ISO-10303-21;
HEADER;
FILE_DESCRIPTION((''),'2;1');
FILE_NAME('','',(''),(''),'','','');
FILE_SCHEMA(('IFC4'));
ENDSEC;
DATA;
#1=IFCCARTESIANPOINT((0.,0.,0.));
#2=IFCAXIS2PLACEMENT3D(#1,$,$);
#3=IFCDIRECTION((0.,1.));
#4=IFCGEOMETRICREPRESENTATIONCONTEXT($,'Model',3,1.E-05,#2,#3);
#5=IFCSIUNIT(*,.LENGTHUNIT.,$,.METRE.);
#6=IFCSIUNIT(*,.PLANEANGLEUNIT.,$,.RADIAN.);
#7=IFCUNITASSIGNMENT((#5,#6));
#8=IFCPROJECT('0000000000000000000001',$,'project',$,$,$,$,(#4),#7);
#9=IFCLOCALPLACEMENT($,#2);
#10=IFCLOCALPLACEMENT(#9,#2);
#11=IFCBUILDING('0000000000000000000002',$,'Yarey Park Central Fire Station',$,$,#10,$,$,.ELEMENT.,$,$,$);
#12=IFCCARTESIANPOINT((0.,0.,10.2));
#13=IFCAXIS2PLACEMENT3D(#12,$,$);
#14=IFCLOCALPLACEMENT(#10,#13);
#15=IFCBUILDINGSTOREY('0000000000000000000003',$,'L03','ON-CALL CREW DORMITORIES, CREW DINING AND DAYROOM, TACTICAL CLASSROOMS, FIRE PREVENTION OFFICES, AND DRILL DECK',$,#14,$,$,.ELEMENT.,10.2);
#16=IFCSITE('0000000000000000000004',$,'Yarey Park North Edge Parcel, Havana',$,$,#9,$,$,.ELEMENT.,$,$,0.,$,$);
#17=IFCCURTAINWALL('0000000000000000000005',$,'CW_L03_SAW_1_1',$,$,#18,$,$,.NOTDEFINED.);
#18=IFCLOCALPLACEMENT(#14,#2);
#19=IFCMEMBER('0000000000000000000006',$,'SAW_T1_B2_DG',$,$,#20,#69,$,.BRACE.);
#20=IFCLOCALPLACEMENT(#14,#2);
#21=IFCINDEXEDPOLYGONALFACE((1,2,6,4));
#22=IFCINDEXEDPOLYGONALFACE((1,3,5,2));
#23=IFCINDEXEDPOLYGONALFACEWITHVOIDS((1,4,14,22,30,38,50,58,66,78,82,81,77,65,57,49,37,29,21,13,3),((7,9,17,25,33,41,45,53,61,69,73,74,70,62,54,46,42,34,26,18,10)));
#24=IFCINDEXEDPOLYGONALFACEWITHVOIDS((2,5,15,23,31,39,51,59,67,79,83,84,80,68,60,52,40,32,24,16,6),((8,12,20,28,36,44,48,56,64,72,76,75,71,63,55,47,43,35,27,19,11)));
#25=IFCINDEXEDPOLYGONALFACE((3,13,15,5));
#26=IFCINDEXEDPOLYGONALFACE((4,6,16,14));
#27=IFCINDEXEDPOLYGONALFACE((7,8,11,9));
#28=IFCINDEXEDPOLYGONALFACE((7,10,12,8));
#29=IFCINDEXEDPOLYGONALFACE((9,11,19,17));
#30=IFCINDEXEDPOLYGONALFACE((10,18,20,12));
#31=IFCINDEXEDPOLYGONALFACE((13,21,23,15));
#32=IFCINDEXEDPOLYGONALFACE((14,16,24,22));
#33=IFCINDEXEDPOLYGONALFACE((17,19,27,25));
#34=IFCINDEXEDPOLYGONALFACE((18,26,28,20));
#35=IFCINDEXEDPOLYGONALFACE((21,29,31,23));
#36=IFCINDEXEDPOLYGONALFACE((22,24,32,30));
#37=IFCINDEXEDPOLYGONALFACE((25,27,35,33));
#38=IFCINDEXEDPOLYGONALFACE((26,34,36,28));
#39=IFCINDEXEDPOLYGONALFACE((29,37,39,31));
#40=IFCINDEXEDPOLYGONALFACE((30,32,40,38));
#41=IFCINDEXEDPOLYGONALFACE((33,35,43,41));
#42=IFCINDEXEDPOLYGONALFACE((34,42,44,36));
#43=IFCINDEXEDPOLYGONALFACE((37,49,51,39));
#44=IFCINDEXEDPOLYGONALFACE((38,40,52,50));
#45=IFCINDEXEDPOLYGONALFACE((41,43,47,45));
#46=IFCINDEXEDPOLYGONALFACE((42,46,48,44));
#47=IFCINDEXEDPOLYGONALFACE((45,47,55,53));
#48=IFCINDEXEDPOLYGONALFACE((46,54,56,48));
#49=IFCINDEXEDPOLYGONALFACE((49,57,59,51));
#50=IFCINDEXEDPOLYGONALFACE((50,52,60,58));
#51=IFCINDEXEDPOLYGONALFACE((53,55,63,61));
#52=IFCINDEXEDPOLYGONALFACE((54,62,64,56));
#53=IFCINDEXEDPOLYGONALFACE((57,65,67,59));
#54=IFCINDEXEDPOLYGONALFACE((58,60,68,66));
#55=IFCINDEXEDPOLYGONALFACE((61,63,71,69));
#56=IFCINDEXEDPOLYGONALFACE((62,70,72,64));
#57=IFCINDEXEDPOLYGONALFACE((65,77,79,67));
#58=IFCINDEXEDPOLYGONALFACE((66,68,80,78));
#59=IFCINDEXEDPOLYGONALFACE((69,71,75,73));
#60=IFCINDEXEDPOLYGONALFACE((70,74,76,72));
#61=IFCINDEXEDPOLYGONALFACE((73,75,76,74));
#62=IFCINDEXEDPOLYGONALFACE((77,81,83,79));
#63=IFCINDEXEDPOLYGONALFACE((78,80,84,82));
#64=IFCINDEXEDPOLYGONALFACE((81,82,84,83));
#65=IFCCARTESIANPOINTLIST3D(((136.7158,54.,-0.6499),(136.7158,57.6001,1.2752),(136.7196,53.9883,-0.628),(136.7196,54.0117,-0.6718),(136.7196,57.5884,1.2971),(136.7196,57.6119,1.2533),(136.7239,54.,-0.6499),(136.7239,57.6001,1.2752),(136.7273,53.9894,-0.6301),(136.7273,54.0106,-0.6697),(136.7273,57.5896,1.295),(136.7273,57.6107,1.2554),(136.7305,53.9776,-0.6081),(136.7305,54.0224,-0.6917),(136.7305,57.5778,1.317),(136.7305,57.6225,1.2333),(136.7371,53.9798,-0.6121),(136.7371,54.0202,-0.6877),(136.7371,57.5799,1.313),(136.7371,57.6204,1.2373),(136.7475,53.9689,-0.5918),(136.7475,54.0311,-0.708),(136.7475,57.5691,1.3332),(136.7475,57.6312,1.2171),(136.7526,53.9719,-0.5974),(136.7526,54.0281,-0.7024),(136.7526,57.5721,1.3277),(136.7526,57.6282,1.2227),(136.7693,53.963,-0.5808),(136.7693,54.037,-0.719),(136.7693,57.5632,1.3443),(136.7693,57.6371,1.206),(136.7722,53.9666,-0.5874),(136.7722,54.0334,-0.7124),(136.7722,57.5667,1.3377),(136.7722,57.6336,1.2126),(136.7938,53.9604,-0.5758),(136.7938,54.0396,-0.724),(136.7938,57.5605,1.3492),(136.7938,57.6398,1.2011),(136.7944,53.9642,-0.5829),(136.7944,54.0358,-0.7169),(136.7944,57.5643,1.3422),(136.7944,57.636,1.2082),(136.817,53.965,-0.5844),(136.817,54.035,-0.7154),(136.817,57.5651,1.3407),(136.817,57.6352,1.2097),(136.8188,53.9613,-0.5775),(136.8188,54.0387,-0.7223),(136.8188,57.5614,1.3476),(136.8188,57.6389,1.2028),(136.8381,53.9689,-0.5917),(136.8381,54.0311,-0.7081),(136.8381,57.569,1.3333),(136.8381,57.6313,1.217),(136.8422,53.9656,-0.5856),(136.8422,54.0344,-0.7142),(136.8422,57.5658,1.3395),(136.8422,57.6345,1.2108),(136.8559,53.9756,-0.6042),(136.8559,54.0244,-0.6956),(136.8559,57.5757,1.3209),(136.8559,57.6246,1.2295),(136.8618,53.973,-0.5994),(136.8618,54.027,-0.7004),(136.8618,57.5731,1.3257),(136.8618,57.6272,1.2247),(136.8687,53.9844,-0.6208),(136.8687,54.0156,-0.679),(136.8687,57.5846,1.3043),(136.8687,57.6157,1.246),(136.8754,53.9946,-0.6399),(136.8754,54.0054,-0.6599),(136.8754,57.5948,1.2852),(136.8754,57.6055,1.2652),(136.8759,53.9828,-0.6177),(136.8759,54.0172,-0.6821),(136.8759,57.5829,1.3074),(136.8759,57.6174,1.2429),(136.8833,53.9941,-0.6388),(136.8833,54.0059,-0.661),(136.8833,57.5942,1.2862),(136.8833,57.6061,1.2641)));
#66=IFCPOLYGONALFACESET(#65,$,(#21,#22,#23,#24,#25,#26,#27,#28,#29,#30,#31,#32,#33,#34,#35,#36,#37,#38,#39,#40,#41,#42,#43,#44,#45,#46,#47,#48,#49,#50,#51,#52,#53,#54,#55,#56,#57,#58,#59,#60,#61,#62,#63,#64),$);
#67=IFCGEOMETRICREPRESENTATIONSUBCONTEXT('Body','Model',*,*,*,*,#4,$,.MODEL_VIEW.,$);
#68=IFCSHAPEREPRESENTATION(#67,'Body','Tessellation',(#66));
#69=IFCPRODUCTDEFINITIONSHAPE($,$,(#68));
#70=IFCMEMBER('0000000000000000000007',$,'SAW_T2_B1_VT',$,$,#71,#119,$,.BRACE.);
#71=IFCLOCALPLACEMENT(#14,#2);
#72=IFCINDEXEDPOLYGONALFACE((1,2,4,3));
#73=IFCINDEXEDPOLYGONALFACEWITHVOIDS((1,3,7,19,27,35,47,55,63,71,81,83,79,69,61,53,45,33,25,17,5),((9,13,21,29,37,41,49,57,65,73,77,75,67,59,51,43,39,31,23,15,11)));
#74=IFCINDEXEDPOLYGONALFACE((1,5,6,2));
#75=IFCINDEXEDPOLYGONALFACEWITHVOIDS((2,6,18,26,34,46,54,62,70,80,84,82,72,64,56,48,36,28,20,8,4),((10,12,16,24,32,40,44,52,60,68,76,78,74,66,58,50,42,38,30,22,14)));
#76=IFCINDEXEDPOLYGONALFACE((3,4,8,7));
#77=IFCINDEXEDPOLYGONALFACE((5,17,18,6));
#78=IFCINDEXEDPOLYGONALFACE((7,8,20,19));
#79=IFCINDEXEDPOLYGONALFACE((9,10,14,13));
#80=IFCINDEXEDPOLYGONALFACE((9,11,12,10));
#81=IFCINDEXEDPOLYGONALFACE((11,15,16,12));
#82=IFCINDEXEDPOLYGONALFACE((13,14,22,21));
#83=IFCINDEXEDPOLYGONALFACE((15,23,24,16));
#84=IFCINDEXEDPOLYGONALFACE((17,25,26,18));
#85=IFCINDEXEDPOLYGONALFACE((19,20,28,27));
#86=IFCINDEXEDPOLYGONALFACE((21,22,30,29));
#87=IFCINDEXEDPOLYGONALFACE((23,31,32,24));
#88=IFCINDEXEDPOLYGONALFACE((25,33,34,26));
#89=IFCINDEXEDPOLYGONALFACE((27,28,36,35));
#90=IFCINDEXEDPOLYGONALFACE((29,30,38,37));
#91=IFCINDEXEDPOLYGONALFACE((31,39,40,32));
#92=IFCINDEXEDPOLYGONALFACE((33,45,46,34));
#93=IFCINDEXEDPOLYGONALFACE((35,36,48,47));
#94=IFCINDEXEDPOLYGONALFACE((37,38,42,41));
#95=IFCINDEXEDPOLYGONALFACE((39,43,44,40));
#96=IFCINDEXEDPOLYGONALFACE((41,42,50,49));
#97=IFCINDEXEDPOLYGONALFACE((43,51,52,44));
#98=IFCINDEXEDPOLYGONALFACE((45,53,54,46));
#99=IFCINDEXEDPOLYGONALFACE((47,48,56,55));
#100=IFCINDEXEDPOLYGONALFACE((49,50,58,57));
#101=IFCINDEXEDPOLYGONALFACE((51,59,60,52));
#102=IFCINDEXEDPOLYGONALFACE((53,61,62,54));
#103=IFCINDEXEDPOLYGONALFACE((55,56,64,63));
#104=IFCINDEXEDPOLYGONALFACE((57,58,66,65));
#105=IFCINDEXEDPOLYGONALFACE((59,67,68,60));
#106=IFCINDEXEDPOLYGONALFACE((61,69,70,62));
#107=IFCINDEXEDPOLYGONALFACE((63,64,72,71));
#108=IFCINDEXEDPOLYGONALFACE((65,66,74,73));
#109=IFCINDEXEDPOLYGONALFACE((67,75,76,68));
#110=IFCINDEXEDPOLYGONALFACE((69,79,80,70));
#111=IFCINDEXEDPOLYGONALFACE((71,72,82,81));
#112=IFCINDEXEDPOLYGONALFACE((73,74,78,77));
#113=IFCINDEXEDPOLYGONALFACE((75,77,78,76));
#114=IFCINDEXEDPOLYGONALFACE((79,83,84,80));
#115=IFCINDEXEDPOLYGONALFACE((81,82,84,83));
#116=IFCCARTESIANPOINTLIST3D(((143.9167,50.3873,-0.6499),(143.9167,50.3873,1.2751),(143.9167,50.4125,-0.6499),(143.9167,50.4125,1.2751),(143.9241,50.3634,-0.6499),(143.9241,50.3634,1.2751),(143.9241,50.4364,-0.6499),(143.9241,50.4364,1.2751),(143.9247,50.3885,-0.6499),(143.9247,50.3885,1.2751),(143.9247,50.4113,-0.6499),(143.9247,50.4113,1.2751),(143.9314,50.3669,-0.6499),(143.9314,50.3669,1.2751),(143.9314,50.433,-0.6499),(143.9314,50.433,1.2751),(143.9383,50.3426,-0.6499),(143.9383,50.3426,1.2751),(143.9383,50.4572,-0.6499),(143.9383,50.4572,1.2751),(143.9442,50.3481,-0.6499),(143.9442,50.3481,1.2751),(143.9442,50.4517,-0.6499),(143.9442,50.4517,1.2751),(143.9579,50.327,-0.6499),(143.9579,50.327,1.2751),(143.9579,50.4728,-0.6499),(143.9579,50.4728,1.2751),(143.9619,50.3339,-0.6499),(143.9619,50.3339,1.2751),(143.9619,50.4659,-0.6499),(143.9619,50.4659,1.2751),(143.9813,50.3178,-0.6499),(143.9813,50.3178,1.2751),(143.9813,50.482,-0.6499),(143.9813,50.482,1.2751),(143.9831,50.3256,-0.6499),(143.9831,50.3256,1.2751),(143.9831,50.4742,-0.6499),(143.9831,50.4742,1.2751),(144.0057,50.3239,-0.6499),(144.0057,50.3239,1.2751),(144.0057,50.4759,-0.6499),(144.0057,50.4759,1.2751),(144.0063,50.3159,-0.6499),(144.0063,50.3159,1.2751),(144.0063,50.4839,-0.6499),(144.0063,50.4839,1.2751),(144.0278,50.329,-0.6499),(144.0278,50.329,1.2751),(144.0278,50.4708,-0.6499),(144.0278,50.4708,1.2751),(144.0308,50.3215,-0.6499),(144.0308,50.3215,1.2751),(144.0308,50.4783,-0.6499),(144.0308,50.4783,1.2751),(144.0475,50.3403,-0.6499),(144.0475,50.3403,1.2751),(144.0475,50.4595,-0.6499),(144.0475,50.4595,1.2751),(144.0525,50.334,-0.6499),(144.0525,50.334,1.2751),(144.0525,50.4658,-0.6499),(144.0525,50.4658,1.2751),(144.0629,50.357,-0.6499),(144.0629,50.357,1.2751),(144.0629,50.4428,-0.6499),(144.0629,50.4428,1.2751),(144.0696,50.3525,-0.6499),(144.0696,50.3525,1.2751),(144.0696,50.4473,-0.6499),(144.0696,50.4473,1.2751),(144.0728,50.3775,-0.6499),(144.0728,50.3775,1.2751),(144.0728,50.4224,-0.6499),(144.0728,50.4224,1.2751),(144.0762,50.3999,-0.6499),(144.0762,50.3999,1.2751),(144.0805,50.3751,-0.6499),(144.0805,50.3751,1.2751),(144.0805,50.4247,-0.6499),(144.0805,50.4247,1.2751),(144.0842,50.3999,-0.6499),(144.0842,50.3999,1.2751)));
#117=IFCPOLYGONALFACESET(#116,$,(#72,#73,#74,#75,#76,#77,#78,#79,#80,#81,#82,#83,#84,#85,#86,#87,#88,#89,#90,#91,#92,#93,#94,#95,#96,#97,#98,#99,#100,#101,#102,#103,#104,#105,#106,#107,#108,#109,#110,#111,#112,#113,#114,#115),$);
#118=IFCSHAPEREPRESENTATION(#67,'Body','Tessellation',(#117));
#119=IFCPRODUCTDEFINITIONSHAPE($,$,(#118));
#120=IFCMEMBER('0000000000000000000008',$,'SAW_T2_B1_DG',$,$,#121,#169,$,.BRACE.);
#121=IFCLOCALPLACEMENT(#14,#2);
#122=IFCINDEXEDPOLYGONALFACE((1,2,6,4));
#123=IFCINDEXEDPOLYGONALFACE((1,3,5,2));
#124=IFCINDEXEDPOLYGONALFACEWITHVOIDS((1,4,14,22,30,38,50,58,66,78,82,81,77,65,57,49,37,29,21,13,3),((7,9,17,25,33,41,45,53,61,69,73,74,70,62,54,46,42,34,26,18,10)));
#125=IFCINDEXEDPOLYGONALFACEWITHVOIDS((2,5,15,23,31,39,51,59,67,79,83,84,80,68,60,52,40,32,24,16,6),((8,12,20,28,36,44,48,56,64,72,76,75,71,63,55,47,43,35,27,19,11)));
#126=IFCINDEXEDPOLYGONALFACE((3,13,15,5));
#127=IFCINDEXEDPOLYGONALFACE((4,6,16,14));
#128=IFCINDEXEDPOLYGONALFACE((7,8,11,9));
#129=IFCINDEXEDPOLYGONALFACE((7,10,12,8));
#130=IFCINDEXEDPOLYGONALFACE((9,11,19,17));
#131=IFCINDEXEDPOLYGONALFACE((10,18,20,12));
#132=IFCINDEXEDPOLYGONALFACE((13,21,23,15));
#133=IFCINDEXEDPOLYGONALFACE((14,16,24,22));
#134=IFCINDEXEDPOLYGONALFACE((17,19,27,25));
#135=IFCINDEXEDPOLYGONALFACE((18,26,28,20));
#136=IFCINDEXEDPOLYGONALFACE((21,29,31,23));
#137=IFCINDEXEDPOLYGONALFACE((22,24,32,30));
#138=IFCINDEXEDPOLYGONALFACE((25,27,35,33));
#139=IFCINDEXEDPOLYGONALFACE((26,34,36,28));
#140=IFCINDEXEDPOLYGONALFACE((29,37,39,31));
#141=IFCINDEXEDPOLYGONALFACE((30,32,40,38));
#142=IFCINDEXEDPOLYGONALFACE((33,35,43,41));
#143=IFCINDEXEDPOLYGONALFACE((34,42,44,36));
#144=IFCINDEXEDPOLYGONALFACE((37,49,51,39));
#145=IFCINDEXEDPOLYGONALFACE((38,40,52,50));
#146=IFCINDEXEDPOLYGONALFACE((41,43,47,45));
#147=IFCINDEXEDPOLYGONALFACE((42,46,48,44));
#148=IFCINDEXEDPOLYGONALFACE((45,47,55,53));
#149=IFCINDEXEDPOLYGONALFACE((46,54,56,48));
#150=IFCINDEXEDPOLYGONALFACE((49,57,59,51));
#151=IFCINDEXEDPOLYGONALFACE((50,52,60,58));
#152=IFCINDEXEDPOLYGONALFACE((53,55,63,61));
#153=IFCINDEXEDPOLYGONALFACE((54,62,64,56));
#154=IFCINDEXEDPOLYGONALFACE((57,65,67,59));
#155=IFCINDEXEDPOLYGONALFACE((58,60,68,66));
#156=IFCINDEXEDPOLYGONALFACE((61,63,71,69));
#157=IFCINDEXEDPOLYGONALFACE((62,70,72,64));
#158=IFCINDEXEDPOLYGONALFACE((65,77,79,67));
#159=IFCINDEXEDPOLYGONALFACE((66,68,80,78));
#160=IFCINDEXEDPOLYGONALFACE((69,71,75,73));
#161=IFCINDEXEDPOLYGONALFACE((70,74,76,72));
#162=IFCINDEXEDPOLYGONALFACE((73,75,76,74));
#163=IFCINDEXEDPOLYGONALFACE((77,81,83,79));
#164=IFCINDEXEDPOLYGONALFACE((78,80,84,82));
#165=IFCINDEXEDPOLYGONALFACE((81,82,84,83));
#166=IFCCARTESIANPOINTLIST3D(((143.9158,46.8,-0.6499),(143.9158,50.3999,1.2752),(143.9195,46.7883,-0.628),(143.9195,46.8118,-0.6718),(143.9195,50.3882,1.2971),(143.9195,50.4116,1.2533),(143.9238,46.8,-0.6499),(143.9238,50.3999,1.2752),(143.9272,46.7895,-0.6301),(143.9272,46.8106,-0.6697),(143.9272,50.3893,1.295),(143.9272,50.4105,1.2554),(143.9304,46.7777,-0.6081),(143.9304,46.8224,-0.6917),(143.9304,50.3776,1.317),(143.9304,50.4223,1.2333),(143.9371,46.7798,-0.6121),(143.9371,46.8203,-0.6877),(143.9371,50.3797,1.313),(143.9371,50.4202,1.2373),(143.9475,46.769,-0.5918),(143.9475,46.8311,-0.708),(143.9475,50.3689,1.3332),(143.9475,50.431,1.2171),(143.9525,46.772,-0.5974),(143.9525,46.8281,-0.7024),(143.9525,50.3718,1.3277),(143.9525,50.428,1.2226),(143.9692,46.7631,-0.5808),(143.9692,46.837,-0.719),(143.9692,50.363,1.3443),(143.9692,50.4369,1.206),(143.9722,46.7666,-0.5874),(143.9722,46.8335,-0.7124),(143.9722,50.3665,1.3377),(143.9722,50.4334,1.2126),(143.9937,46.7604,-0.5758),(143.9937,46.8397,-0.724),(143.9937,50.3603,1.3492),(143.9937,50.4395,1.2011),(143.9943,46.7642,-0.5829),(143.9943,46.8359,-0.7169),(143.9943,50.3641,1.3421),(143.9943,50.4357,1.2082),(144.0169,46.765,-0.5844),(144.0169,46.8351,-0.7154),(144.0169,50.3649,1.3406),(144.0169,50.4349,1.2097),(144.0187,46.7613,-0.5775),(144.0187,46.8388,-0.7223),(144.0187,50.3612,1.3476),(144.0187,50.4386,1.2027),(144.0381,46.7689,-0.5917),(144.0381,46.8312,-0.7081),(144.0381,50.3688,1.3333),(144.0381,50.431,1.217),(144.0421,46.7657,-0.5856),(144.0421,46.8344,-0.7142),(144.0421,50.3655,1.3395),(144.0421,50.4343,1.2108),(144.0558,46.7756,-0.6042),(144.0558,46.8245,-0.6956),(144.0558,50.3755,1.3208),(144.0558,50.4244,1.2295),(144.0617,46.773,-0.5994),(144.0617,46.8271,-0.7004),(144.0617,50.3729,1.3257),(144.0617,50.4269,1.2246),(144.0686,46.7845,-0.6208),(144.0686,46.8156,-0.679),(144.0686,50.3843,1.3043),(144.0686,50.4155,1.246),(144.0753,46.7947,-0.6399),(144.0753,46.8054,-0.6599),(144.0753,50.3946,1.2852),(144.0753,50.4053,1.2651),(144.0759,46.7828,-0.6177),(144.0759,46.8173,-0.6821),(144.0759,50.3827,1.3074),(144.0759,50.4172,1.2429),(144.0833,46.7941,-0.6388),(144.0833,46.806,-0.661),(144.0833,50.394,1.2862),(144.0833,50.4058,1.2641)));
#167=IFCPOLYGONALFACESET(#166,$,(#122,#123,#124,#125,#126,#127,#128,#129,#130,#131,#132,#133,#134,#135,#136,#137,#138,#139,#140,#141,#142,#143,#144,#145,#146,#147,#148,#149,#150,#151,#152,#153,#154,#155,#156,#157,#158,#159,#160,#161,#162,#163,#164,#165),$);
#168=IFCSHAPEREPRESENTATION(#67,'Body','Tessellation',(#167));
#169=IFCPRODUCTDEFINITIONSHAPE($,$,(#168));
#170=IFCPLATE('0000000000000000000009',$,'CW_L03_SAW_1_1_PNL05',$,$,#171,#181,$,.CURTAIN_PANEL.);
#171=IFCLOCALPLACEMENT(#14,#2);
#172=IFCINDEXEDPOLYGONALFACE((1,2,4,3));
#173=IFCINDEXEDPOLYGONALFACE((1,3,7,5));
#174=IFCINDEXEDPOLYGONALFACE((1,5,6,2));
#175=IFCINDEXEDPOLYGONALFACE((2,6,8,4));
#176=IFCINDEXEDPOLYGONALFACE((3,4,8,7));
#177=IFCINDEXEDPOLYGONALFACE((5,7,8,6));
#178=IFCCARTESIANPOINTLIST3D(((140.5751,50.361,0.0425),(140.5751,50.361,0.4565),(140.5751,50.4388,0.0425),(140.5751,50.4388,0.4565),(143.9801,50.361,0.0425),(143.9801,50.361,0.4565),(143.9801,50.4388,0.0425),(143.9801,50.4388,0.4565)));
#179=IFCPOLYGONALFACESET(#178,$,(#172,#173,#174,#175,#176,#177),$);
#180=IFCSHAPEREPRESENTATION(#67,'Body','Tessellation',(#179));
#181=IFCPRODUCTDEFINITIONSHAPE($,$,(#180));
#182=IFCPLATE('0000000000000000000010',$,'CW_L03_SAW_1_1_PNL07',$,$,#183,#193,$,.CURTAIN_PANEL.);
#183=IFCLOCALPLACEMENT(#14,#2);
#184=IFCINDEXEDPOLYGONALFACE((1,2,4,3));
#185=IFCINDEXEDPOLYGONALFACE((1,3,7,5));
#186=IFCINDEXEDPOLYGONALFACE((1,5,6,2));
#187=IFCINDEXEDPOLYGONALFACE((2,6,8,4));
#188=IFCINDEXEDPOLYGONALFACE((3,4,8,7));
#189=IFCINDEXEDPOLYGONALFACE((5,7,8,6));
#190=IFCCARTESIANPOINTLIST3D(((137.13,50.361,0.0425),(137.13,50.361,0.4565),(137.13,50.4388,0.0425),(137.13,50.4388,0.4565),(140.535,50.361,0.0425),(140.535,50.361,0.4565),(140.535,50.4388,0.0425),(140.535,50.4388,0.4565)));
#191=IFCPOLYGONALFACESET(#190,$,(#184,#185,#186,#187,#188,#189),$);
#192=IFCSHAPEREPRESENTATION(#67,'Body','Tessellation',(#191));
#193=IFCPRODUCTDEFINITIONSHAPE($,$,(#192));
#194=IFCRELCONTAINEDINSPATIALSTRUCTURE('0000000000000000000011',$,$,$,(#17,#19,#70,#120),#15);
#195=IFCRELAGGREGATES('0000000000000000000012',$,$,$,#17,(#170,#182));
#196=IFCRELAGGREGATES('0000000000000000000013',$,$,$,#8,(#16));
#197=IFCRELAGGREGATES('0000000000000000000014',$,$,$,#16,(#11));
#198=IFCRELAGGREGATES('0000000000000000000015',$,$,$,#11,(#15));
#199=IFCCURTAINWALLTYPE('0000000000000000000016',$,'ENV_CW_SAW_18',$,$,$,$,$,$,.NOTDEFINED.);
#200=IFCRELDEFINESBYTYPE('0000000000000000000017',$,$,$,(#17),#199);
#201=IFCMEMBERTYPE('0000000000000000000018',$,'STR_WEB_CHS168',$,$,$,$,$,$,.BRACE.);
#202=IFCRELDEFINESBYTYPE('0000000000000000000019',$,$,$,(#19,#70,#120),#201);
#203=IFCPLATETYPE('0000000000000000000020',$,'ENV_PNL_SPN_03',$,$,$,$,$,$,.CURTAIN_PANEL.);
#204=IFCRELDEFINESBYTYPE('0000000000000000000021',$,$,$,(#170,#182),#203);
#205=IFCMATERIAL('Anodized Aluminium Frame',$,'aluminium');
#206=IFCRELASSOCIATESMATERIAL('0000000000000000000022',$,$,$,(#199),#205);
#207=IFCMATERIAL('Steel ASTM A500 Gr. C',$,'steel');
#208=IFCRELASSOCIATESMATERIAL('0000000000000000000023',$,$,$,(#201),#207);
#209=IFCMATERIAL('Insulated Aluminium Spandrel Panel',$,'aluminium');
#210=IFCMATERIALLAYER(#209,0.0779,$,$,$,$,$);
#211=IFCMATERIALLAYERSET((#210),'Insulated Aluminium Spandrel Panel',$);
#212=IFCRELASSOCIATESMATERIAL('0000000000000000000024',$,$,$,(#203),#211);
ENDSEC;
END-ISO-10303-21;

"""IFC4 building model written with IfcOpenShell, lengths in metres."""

from ifc_helpers import new_model, si_unit, direction, frame, origin, origin_2d, place, context, subcontext, project, spatial, rectangle, hollow_circle, extrude, material, layer, layer_set, material_profile, profile_set, type_object, element, aggregate, save


model = new_model("IFC4")

# Units and contexts
model_context = context("Model", 3, precision=1e-05, world=origin(), true_north=direction((0.0, 1.0)))
body_context = subcontext(model_context, "Body", "Model", "MODEL_VIEW")
ifc_project = project(units=[si_unit("LENGTHUNIT", "METRE"), si_unit("PLANEANGLEUNIT", "RADIAN")], contexts=[model_context])

# Site, building, storey
site_placement = place(None, origin())
site = spatial("IfcSite", under=ifc_project, at=site_placement, Name="Yarey Park North Edge Parcel, Havana", CompositionType="ELEMENT", RefElevation=0.0)
building_placement = place(site_placement, origin())
building = spatial("IfcBuilding", under=site, at=building_placement, Name="Yarey Park Central Fire Station", CompositionType="ELEMENT")
storey_placement = place(building_placement, frame((0.0, 0.0, 10.2)))
storey = spatial("IfcBuildingStorey", under=building, at=storey_placement, Name="L03", Description="ON-CALL CREW DORMITORIES, CREW DINING AND DAYROOM, TACTICAL CLASSROOMS, FIRE PREVENTION OFFICES, AND DRILL DECK", CompositionType="ELEMENT", Elevation=10.2)

# Curtain wall
ifc_material_1 = material(Name="Anodized Aluminium Frame", Category="aluminium")
curtain_wall_type = type_object("IfcCurtainWallType", Name="ENV_CW_SAW_18", PredefinedType="NOTDEFINED", material=ifc_material_1)
curtain_wall_placement = place(storey_placement, origin())
curtain_wall = element("IfcCurtainWall", 1, at=curtain_wall_placement, inside=storey, type_object=curtain_wall_type, Name="CW_L03_SAW_1_1", PredefinedType="NOTDEFINED")

# Shared definitions
ifc_material_2 = material(Name="Steel ASTM A500 Gr. C", Category="steel")

# Members
ifc_material_profile_1 = material_profile(ifc_material_2, hollow_circle(Radius=0.0842, WallThickness=0.0081, at=origin_2d()), Name="CHS 168.3x8")
ifc_profile_set_1 = profile_set([ifc_material_profile_1], Name="Steel ASTM A500 Gr. C")
member_type_1 = type_object("IfcMemberType", Name="STR_WEB_CHS168", PredefinedType="BRACE", material=ifc_profile_set_1)
member_1_placement = place(storey_placement, frame((136.8, 54.0, -0.6499), z_axis=(0.0, 0.881844, 0.471541), x_axis=(-1.0, 0.0, 0.0)))
element("IfcMember", 2, at=member_1_placement, inside=storey, type_object=member_type_1, Name="SAW_T1_B2_DG", PredefinedType="BRACE", context=body_context, shape_type="SweptSolid", body=[
    extrude(hollow_circle(Radius=0.0842, WallThickness=0.0081, at=origin_2d()), origin(), (0.0, 0.0, 1.0), 4.0825),
])
member_2_placement = place(storey_placement, frame((144.0, 50.3999, -0.6499), z_axis=(0.0, 0.0, 1.0), x_axis=(1.0, 0.0, 0.0)))
element("IfcMember", 3, at=member_2_placement, inside=storey, type_object=member_type_1, Name="SAW_T2_B1_VT", PredefinedType="BRACE", context=body_context, shape_type="SweptSolid", body=[
    extrude(hollow_circle(Radius=0.0842, WallThickness=0.0081, at=origin_2d()), origin(), (0.0, 0.0, 1.0), 1.925),
])
member_3_placement = place(storey_placement, frame((144.0, 46.8, -0.6499), z_axis=(0.0, 0.881831, 0.471566), x_axis=(-1.0, 0.0, 0.0)))
element("IfcMember", 4, at=member_3_placement, inside=storey, type_object=member_type_1, Name="SAW_T2_B1_DG", PredefinedType="BRACE", context=body_context, shape_type="SweptSolid", body=[
    extrude(hollow_circle(Radius=0.0842, WallThickness=0.0081, at=origin_2d()), origin(), (0.0, 0.0, 1.0), 4.0823),
])

# Plates
ifc_material_3 = material(Name="Insulated Aluminium Spandrel Panel", Category="aluminium")
ifc_layer_1 = layer(ifc_material_3, 0.0779)
ifc_layer_set_1 = layer_set([ifc_layer_1], Name="Insulated Aluminium Spandrel Panel")
plate_type_1 = type_object("IfcPlateType", Name="ENV_PNL_SPN_03", PredefinedType="CURTAIN_PANEL", material=ifc_layer_set_1)
plate_1_placement = place(storey_placement, frame((142.2776, 50.3999, 0.0425), z_axis=(0.0, 0.0, 1.0), x_axis=(-1.0, 0.0, 0.0)))
plate_1 = element("IfcPlate", 5, at=plate_1_placement, type_object=plate_type_1, Name="CW_L03_SAW_1_1_PNL05", PredefinedType="CURTAIN_PANEL", context=body_context, shape_type="SweptSolid", body=[
    extrude(rectangle(XDim=3.405, YDim=0.0779, at=origin_2d()), origin(), (0.0, 0.0, 1.0), 0.4141),
])
plate_2_placement = place(storey_placement, frame((138.8325, 50.3999, 0.0425), z_axis=(0.0, 0.0, 1.0), x_axis=(-1.0, 0.0, 0.0)))
plate_2 = element("IfcPlate", 6, at=plate_2_placement, type_object=plate_type_1, Name="CW_L03_SAW_1_1_PNL07", PredefinedType="CURTAIN_PANEL", context=body_context, shape_type="SweptSolid", body=[
    extrude(rectangle(XDim=3.405, YDim=0.0779, at=origin_2d()), origin(), (0.0, 0.0, 1.0), 0.4141),
])
aggregate(curtain_wall, [plate_1, plate_2])

save(model, "model.ifc")
